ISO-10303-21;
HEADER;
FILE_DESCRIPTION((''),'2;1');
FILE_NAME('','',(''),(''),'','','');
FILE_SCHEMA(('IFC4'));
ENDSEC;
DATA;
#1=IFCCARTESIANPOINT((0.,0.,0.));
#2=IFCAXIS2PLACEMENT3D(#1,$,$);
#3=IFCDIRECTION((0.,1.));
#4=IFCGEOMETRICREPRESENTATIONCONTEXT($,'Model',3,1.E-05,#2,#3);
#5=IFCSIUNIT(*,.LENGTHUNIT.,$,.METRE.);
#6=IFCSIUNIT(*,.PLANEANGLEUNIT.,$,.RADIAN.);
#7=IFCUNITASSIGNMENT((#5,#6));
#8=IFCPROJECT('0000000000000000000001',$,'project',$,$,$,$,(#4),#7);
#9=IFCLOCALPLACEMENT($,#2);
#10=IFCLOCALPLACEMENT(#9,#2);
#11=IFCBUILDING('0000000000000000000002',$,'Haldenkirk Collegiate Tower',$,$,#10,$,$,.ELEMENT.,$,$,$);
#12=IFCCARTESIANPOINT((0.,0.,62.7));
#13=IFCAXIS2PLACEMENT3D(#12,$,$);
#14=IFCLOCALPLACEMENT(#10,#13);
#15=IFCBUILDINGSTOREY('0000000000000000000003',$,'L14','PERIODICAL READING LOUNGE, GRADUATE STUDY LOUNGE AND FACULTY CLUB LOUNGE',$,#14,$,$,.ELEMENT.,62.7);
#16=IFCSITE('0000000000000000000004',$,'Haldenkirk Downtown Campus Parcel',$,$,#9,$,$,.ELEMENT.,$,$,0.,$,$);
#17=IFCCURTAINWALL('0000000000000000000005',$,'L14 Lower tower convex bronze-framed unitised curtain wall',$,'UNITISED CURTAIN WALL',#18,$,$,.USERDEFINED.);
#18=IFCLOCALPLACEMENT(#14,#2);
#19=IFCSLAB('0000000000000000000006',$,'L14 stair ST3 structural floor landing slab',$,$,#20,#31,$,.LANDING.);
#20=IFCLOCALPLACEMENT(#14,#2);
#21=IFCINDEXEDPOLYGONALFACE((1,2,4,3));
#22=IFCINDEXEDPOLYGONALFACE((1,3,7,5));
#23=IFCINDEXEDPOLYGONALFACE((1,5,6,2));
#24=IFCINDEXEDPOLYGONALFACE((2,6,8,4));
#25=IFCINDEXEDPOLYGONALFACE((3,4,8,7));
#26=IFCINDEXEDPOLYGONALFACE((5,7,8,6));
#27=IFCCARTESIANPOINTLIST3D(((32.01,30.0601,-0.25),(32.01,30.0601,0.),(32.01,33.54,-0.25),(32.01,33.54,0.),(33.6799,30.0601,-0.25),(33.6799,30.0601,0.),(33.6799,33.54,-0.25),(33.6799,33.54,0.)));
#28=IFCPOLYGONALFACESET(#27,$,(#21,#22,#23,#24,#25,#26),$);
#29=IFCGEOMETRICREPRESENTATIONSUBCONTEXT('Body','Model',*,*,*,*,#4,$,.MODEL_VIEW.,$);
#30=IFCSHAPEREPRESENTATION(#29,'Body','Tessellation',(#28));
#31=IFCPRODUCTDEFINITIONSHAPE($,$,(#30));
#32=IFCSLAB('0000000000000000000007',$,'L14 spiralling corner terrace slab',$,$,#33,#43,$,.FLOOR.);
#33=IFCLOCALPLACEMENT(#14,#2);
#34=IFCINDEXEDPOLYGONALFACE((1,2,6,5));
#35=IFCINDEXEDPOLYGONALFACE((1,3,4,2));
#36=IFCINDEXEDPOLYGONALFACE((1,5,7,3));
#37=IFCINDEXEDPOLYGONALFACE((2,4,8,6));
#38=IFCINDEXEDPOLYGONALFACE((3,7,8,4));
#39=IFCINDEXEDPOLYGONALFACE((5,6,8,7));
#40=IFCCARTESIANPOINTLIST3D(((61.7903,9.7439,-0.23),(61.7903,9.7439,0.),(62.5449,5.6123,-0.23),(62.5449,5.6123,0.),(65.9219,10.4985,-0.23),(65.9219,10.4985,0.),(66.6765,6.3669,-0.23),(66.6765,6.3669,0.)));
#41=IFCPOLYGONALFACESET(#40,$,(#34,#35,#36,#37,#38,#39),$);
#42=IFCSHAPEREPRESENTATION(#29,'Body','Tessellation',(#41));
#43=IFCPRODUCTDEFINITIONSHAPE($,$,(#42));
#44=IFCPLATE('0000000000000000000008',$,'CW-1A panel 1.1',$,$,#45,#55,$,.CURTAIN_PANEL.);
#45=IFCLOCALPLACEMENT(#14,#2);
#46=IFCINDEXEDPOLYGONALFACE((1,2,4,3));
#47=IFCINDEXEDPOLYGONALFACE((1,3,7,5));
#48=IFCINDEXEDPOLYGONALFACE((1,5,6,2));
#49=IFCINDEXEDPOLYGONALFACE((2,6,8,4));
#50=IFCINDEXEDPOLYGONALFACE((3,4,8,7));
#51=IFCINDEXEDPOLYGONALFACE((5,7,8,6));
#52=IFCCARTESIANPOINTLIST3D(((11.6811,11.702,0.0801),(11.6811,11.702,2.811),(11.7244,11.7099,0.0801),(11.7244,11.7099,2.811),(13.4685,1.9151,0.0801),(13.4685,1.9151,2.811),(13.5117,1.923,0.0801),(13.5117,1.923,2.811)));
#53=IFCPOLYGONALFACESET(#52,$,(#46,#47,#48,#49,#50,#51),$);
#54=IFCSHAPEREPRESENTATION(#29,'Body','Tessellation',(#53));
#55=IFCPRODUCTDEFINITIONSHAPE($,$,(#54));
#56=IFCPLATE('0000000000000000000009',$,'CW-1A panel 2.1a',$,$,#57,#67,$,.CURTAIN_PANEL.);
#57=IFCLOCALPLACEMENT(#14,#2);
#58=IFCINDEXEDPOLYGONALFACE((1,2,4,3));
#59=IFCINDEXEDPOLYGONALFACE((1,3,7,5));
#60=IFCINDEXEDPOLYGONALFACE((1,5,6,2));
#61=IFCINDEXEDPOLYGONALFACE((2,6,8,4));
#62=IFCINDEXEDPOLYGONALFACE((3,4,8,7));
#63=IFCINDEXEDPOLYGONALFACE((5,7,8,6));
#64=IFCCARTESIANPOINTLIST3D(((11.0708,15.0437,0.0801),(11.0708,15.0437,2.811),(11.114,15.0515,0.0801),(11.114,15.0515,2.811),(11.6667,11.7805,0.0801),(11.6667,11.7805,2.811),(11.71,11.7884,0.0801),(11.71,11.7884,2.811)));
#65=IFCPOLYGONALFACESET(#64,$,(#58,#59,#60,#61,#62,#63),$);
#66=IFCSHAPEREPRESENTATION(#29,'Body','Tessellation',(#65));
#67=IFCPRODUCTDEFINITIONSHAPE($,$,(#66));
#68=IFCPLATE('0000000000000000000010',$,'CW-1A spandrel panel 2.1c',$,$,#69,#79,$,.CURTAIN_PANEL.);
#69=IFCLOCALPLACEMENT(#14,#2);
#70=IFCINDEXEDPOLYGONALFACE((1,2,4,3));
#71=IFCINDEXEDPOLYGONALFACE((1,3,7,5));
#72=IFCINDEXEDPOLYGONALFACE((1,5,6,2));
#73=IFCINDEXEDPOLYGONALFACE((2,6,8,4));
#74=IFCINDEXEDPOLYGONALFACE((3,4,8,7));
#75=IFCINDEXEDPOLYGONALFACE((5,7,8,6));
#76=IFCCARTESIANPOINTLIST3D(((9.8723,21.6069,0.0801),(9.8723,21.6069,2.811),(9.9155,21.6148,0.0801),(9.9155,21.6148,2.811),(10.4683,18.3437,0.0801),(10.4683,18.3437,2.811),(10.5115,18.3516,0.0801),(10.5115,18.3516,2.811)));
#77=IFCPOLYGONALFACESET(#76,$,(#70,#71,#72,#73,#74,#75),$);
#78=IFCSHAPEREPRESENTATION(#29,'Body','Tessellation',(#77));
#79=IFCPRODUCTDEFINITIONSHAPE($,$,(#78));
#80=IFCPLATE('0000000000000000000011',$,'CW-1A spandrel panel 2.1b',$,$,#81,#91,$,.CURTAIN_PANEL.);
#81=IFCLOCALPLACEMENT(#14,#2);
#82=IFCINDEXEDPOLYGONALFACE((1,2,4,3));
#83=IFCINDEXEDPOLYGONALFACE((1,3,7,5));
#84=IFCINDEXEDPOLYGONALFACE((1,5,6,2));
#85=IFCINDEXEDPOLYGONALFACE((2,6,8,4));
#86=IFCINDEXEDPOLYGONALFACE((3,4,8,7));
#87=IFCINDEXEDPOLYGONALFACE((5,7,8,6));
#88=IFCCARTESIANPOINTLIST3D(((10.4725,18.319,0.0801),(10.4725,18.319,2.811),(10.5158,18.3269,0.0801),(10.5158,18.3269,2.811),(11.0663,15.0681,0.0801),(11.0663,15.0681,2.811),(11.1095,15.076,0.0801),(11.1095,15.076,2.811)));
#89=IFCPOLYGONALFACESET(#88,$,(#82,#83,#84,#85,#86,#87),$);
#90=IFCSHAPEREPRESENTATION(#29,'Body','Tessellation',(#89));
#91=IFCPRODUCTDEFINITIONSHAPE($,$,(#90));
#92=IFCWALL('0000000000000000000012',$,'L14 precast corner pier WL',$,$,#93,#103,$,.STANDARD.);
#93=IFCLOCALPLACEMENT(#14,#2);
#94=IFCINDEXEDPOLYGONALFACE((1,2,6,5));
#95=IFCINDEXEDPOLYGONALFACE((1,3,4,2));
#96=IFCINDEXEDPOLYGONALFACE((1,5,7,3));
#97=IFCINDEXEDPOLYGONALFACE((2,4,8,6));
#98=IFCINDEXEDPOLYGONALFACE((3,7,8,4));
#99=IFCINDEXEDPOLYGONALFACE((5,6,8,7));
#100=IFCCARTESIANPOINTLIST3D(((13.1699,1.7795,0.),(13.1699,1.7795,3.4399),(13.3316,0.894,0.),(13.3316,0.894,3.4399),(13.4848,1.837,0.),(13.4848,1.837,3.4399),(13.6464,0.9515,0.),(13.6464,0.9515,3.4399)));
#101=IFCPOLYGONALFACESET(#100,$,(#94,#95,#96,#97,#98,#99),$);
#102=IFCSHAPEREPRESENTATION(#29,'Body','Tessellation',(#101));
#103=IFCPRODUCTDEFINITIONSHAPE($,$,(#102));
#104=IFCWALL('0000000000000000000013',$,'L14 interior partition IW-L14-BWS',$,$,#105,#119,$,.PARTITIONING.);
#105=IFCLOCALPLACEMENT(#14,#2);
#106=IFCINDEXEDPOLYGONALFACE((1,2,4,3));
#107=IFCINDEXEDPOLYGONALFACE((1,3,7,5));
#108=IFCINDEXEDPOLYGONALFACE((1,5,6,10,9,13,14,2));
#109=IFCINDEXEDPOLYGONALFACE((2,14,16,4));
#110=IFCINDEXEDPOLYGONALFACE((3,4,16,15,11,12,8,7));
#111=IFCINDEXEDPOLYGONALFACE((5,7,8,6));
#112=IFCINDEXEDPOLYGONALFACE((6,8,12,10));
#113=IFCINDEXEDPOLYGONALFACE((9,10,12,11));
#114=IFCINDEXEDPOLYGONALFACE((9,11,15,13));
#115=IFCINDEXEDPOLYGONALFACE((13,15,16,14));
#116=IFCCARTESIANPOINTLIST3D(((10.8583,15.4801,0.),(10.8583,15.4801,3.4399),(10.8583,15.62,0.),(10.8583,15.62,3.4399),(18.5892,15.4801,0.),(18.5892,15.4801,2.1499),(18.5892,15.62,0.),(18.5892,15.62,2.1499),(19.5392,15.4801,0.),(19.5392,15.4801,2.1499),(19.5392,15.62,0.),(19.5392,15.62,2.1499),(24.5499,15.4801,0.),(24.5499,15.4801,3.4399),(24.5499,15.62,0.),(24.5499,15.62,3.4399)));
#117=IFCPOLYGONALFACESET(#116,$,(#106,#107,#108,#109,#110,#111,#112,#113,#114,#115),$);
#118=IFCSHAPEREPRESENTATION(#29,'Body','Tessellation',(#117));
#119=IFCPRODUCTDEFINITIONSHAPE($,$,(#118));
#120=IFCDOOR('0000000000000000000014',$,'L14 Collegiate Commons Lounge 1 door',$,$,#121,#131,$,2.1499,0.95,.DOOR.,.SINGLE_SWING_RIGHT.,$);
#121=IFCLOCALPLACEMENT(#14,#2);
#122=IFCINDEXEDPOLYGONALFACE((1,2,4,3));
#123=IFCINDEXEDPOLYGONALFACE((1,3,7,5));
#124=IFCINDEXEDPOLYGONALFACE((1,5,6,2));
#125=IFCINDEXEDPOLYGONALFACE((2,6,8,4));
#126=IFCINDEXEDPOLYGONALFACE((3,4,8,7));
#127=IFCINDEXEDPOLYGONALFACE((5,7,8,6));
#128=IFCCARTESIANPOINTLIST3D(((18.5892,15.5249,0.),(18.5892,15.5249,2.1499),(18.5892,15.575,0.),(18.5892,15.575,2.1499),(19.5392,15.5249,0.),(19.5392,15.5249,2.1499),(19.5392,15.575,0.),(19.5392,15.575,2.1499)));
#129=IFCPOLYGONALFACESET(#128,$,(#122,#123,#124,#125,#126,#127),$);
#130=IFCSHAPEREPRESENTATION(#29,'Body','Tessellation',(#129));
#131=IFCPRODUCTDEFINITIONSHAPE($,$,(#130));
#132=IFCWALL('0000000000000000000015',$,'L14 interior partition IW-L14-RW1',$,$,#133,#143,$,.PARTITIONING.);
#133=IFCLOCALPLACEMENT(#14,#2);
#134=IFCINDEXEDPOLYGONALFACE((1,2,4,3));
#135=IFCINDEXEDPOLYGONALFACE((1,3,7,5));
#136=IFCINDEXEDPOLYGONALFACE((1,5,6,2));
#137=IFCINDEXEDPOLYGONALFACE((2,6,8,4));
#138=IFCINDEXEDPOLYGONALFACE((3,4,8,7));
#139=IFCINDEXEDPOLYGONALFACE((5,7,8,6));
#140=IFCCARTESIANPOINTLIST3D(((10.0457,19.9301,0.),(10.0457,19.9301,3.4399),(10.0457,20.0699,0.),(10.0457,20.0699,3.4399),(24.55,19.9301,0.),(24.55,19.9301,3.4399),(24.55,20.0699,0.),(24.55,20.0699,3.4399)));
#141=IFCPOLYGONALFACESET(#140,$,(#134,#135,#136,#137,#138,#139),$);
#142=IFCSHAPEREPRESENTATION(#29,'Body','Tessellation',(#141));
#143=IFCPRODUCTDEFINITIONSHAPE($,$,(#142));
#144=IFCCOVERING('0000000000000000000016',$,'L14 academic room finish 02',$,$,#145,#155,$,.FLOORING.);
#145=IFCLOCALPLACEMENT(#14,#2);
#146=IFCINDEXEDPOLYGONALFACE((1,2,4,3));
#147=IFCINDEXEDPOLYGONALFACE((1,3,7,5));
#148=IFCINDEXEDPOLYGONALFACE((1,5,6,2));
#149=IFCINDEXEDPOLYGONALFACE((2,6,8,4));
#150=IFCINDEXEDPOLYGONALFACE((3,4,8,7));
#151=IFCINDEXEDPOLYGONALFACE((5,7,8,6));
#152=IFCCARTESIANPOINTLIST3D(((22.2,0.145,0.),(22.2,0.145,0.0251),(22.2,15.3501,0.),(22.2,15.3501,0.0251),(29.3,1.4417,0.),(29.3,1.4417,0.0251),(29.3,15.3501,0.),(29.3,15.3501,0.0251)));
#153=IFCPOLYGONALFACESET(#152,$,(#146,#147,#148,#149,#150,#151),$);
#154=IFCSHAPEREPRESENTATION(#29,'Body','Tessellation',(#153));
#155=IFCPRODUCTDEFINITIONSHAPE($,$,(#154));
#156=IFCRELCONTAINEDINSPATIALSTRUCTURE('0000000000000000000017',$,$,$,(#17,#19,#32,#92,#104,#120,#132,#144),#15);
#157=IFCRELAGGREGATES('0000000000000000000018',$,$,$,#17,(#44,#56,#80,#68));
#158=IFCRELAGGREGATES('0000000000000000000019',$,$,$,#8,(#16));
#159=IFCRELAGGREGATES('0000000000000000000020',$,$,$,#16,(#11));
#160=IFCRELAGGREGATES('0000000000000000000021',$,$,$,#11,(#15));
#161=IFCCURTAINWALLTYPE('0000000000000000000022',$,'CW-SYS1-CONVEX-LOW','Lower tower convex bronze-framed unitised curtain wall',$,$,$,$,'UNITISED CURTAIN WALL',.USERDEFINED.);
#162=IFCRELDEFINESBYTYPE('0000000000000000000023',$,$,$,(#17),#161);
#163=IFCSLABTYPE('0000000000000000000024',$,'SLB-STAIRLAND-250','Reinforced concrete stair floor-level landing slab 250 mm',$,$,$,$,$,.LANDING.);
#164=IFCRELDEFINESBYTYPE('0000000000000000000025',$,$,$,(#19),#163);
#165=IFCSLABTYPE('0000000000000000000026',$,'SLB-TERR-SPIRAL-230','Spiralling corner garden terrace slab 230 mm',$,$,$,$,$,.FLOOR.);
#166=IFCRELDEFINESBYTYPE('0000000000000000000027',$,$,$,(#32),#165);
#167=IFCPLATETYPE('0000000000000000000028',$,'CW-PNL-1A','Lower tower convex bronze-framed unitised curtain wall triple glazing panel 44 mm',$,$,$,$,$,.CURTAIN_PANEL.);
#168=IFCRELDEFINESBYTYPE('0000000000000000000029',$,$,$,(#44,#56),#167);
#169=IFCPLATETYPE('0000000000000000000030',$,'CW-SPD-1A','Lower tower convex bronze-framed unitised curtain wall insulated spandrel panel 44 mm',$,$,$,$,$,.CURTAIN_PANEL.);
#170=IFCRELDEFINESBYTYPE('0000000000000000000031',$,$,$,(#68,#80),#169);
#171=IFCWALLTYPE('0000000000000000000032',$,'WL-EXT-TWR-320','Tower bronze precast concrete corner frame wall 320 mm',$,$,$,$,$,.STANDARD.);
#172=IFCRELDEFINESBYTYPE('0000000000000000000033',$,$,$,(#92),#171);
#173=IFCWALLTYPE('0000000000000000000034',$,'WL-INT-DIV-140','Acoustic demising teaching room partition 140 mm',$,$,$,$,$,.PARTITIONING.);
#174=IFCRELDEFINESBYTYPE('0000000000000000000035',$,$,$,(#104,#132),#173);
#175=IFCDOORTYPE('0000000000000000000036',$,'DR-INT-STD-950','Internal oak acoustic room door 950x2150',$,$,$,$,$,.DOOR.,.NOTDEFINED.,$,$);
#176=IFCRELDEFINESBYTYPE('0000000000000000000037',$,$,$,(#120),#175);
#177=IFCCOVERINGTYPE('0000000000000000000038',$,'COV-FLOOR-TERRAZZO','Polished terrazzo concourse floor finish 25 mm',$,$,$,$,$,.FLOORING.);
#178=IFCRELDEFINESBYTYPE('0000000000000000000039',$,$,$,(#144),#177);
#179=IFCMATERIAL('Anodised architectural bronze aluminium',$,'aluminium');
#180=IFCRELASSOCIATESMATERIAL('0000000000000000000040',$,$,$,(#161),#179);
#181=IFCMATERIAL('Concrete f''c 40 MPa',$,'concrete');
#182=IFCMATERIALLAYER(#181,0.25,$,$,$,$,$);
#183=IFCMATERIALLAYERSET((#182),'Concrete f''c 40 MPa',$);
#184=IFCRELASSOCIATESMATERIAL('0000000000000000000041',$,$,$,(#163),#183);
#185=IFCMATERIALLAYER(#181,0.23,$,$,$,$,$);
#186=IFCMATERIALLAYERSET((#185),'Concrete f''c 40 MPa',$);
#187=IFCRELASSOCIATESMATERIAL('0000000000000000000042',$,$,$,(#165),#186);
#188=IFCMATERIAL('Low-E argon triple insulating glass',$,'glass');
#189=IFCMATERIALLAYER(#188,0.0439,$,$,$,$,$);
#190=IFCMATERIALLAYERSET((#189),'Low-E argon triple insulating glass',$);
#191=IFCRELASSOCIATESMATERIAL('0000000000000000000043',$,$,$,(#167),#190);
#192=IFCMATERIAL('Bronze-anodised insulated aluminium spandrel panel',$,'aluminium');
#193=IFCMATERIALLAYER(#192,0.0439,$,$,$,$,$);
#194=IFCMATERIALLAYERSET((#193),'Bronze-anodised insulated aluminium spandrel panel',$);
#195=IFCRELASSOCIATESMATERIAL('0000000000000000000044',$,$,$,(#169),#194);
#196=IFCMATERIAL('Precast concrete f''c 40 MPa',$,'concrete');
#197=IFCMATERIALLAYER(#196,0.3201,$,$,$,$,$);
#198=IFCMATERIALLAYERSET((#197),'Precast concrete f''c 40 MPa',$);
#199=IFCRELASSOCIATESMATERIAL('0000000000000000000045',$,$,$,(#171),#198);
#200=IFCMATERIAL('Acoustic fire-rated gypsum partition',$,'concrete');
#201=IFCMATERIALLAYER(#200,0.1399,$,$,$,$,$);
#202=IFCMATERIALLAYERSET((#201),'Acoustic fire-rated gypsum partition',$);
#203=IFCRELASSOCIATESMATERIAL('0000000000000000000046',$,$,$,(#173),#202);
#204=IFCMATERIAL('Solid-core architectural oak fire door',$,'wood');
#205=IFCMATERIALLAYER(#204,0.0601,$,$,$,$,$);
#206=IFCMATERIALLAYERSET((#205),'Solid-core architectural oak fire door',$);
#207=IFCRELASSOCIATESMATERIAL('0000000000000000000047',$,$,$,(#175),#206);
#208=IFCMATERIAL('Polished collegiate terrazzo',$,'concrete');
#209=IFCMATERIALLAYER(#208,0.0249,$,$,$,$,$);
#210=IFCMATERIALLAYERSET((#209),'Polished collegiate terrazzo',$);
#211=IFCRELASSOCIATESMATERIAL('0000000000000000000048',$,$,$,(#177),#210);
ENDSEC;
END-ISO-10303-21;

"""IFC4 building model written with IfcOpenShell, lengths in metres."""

from ifc_helpers import new_model, si_unit, direction, frame, frame_2d, origin, origin_2d, place, context, subcontext, project, spatial, polyline, rectangle, outline, extrude, source, transform, mapped, material, layer, layer_set, type_object, element, fill, aggregate, save


model = new_model("IFC4")

# Units and contexts
model_context = context("Model", 3, precision=1e-05, world=origin(), true_north=direction((0.0, 1.0)))
body_context = subcontext(model_context, "Body", "Model", "MODEL_VIEW")
ifc_project = project(units=[si_unit("LENGTHUNIT", "METRE"), si_unit("PLANEANGLEUNIT", "RADIAN")], contexts=[model_context])

# Site, building, storey
site_placement = place(None, origin())
site = spatial("IfcSite", under=ifc_project, at=site_placement, Name="Haldenkirk Downtown Campus Parcel", CompositionType="ELEMENT", RefElevation=0.0)
building_placement = place(site_placement, origin())
building = spatial("IfcBuilding", under=site, at=building_placement, Name="Haldenkirk Collegiate Tower", CompositionType="ELEMENT")
storey_placement = place(building_placement, frame((0.0, 0.0, 62.7)))
storey = spatial("IfcBuildingStorey", under=building, at=storey_placement, Name="L14", Description="PERIODICAL READING LOUNGE, GRADUATE STUDY LOUNGE AND FACULTY CLUB LOUNGE", CompositionType="ELEMENT", Elevation=62.7)

# Curtain wall
ifc_material_1 = material(Name="Anodised architectural bronze aluminium", Category="aluminium")
curtain_wall_type = type_object("IfcCurtainWallType", Name="CW-SYS1-CONVEX-LOW", Description="Lower tower convex bronze-framed unitised curtain wall", ElementType="UNITISED CURTAIN WALL", PredefinedType="USERDEFINED", material=ifc_material_1)
curtain_wall_placement = place(storey_placement, origin())
curtain_wall = element("IfcCurtainWall", 1, at=curtain_wall_placement, inside=storey, type_object=curtain_wall_type, Name="L14 Lower tower convex bronze-framed unitised curtain wall", ObjectType="UNITISED CURTAIN WALL", PredefinedType="USERDEFINED")

# Shared definitions
ifc_material_2 = material(Name="Concrete f'c 40 MPa", Category="concrete")

# Slabs
ifc_layer_1 = layer(ifc_material_2, 0.25)
ifc_layer_set_1 = layer_set([ifc_layer_1], Name="Concrete f'c 40 MPa")
slab_type_1 = type_object("IfcSlabType", Name="SLB-STAIRLAND-250", Description="Reinforced concrete stair floor-level landing slab 250 mm", PredefinedType="LANDING", material=ifc_layer_set_1)
slab_1_placement = place(storey_placement, frame((0.0, 0.0, -0.25)))
element("IfcSlab", 2, at=slab_1_placement, inside=storey, type_object=slab_type_1, Name="L14 stair ST3 structural floor landing slab", PredefinedType="LANDING", context=body_context, shape_type="SweptSolid", body=[
    extrude(outline(polyline([(32.01, 30.0601), (33.6799, 30.0601), (33.6799, 33.54), (32.01, 33.54), (32.01, 30.0601)])), origin(), (0.0, 0.0, 1.0), 0.25),
])
ifc_layer_2 = layer(ifc_material_2, 0.23)
ifc_layer_set_2 = layer_set([ifc_layer_2], Name="Concrete f'c 40 MPa")
slab_type_2 = type_object("IfcSlabType", Name="SLB-TERR-SPIRAL-230", Description="Spiralling corner garden terrace slab 230 mm", PredefinedType="FLOOR", material=ifc_layer_set_2)
slab_2_placement = place(storey_placement, frame((0.0, 0.0, -0.23)))
element("IfcSlab", 3, at=slab_2_placement, inside=storey, type_object=slab_type_2, Name="L14 spiralling corner terrace slab", PredefinedType="FLOOR", context=body_context, shape_type="SweptSolid", body=[
    extrude(outline(polyline([(62.5449, 5.6123), (66.6765, 6.3669), (65.9219, 10.4985), (61.7903, 9.7439), (62.5449, 5.6123)])), origin(), (0.0, 0.0, 1.0), 0.23),
])

# Plates
ifc_material_3 = material(Name="Low-E argon triple insulating glass", Category="glass")
ifc_layer_3 = layer(ifc_material_3, 0.0439)
ifc_layer_set_3 = layer_set([ifc_layer_3], Name="Low-E argon triple insulating glass")
plate_type_1 = type_object("IfcPlateType", Name="CW-PNL-1A", Description="Lower tower convex bronze-framed unitised curtain wall triple glazing panel 44 mm", PredefinedType="CURTAIN_PANEL", material=ifc_layer_set_3)
shared_shape_1 = source(origin(), body_context, "Body", "SweptSolid", [
    extrude(rectangle(XDim=9.9487, YDim=0.0439, at=origin_2d()), origin(), (0.0, 0.0, 1.0), 2.731),
])
plate_1_placement = place(storey_placement, frame((12.5964, 6.8125, 0.0801), z_axis=(0.0, 0.0, 1.0), x_axis=(-0.17966, 0.983729, 0.0)))
plate_1 = element("IfcPlate", 4, at=plate_1_placement, type_object=plate_type_1, Name="CW-1A panel 1.1", PredefinedType="CURTAIN_PANEL", context=body_context, shape_type="MappedRepresentation", body=[
    mapped(shared_shape_1, transform((0.0, 0.0, 0.0), x_axis=(1.0, 0.0, 0.0), y_axis=(0.0, 1.0, 0.0), z_axis=(0.0, 0.0, 1.0), scale=1.0)),
])
shared_shape_2 = source(origin(), body_context, "Body", "SweptSolid", [
    extrude(rectangle(XDim=3.3171, YDim=0.0439, at=origin_2d()), origin(), (0.0, 0.0, 1.0), 2.731),
])
plate_2_placement = place(storey_placement, frame((11.3904, 13.416, 0.0801), z_axis=(0.0, 0.0, 1.0), x_axis=(-0.17966, 0.983729, 0.0)))
plate_2 = element("IfcPlate", 5, at=plate_2_placement, type_object=plate_type_1, Name="CW-1A panel 2.1a", PredefinedType="CURTAIN_PANEL", context=body_context, shape_type="MappedRepresentation", body=[
    mapped(shared_shape_2, transform((0.0, 0.0, 0.0), x_axis=(1.0, 0.0, 0.0), y_axis=(0.0, 1.0, 0.0), z_axis=(0.0, 0.0, 1.0), scale=1.0)),
])
ifc_material_4 = material(Name="Bronze-anodised insulated aluminium spandrel panel", Category="aluminium")
ifc_layer_4 = layer(ifc_material_4, 0.0439)
ifc_layer_set_4 = layer_set([ifc_layer_4], Name="Bronze-anodised insulated aluminium spandrel panel")
plate_type_2 = type_object("IfcPlateType", Name="CW-SPD-1A", Description="Lower tower convex bronze-framed unitised curtain wall insulated spandrel panel 44 mm", PredefinedType="CURTAIN_PANEL", material=ifc_layer_set_4)
plate_3_placement = place(storey_placement, frame((10.1919, 19.9792, 0.0801), z_axis=(0.0, 0.0, 1.0), x_axis=(-0.17966, 0.983729, 0.0)))
plate_3 = element("IfcPlate", 6, at=plate_3_placement, type_object=plate_type_2, Name="CW-1A spandrel panel 2.1c", PredefinedType="CURTAIN_PANEL", context=body_context, shape_type="MappedRepresentation", body=[
    mapped(shared_shape_2, transform((0.0, 0.0, 0.0), x_axis=(1.0, 0.0, 0.0), y_axis=(0.0, 1.0, 0.0), z_axis=(0.0, 0.0, 1.0), scale=1.0)),
])
shared_shape_3 = source(origin(), body_context, "Body", "SweptSolid", [
    extrude(rectangle(XDim=3.3047, YDim=0.0439, at=origin_2d()), origin(), (0.0, 0.0, 1.0), 2.731),
])
plate_4_placement = place(storey_placement, frame((10.791, 16.6975, 0.0801), z_axis=(0.0, 0.0, 1.0), x_axis=(-0.17966, 0.983729, 0.0)))
plate_4 = element("IfcPlate", 7, at=plate_4_placement, type_object=plate_type_2, Name="CW-1A spandrel panel 2.1b", PredefinedType="CURTAIN_PANEL", context=body_context, shape_type="MappedRepresentation", body=[
    mapped(shared_shape_3, transform((0.0, 0.0, 0.0), x_axis=(1.0, 0.0, 0.0), y_axis=(0.0, 1.0, 0.0), z_axis=(0.0, 0.0, 1.0), scale=1.0)),
])
aggregate(curtain_wall, [plate_1, plate_2, plate_4, plate_3])

# Wall
ifc_material_5 = material(Name="Precast concrete f'c 40 MPa", Category="concrete")
ifc_layer_5 = layer(ifc_material_5, 0.3201)
ifc_layer_set_5 = layer_set([ifc_layer_5], Name="Precast concrete f'c 40 MPa")
wall_type_1 = type_object("IfcWallType", Name="WL-EXT-TWR-320", Description="Tower bronze precast concrete corner frame wall 320 mm", PredefinedType="STANDARD", material=ifc_layer_set_5)
wall_1_placement = place(storey_placement, frame((13.489, 0.9226, 0.0), z_axis=(0.0, 0.0, 1.0), x_axis=(-0.179554, 0.983748, 0.0)))
element("IfcWall", 8, at=wall_1_placement, inside=storey, type_object=wall_type_1, Name="L14 precast corner pier WL", PredefinedType="STANDARD", context=body_context, shape_type="SweptSolid", body=[
    extrude(rectangle(XDim=0.9001, YDim=0.3201, at=frame_2d((0.4502, 0.0))), origin(), (0.0, 0.0, 1.0), 3.4399),
])

# Wall, opening, door
ifc_material_6 = material(Name="Acoustic fire-rated gypsum partition", Category="concrete")
ifc_layer_6 = layer(ifc_material_6, 0.1399)
ifc_layer_set_6 = layer_set([ifc_layer_6], Name="Acoustic fire-rated gypsum partition")
wall_type_2 = type_object("IfcWallType", Name="WL-INT-DIV-140", Description="Acoustic demising teaching room partition 140 mm", PredefinedType="PARTITIONING", material=ifc_layer_set_6)
wall_2_placement = place(storey_placement, frame((10.8584, 15.55, 0.0), z_axis=(0.0, 0.0, 1.0), x_axis=(1.0, 0.0, 0.0)))
wall_2 = element("IfcWall", 9, at=wall_2_placement, inside=storey, type_object=wall_type_2, Name="L14 interior partition IW-L14-BWS", PredefinedType="PARTITIONING", context=body_context, shape_type="SweptSolid", body=[
    extrude(rectangle(XDim=13.6917, YDim=0.1399, at=frame_2d((6.8457, 0.0))), origin(), (0.0, 0.0, 1.0), 3.4399),
])
opening_placement = place(wall_2_placement, frame((7.7307, 0.0, 0.0)))
opening = element("IfcOpeningElement", 10, at=opening_placement, cuts=wall_2, PredefinedType="OPENING", context=body_context, shape_type="SweptSolid", body=[
    extrude(rectangle(XDim=0.95, YDim=2.1499, at=frame_2d((0.4751, 1.075))), frame((0.0, 0.0798, 0.0), z_axis=(0.0, -1.0, 0.0), x_axis=(1.0, 0.0, 0.0)), (0.0, 0.0, 1.0), 0.1599),
])
ifc_material_7 = material(Name="Solid-core architectural oak fire door", Category="wood")
ifc_layer_7 = layer(ifc_material_7, 0.0601)
ifc_layer_set_7 = layer_set([ifc_layer_7], Name="Solid-core architectural oak fire door")
door_type = type_object("IfcDoorType", Name="DR-INT-STD-950", Description="Internal oak acoustic room door 950x2150", OperationType="NOTDEFINED", PredefinedType="DOOR", material=ifc_layer_set_7)
door_placement = place(opening_placement, origin())
door = element("IfcDoor", 11, at=door_placement, inside=storey, type_object=door_type, Name="L14 Collegiate Commons Lounge 1 door", OperationType="SINGLE_SWING_RIGHT", OverallHeight=2.1499, OverallWidth=0.95, PredefinedType="DOOR", context=body_context, shape_type="SweptSolid", body=[
    extrude(rectangle(XDim=0.95, YDim=2.1499, at=frame_2d((0.4751, 1.075))), frame((0.0, 0.0249, 0.0), z_axis=(0.0, -1.0, 0.0), x_axis=(1.0, 0.0, 0.0)), (0.0, 0.0, 1.0), 0.05),
])
fill(opening, door)

# Wall
wall_3_placement = place(storey_placement, frame((10.0457, 20.0, 0.0), z_axis=(0.0, 0.0, 1.0), x_axis=(1.0, 0.0, 0.0)))
element("IfcWall", 12, at=wall_3_placement, inside=storey, type_object=wall_type_2, Name="L14 interior partition IW-L14-RW1", PredefinedType="PARTITIONING", context=body_context, shape_type="SweptSolid", body=[
    extrude(rectangle(XDim=14.5044, YDim=0.1399, at=frame_2d((7.2522, 0.0))), origin(), (0.0, 0.0, 1.0), 3.4399),
])

# Covering
ifc_material_8 = material(Name="Polished collegiate terrazzo", Category="concrete")
ifc_layer_8 = layer(ifc_material_8, 0.0249)
ifc_layer_set_8 = layer_set([ifc_layer_8], Name="Polished collegiate terrazzo")
covering_type_1 = type_object("IfcCoveringType", Name="COV-FLOOR-TERRAZZO", Description="Polished terrazzo concourse floor finish 25 mm", PredefinedType="FLOORING", material=ifc_layer_set_8)
covering_1_placement = place(storey_placement, origin())
element("IfcCovering", 13, at=covering_1_placement, inside=storey, type_object=covering_type_1, Name="L14 academic room finish 02", PredefinedType="FLOORING", context=body_context, shape_type="SweptSolid", body=[
    extrude(outline(polyline([(22.2, 0.145), (22.2, 15.3501), (29.3, 15.3501), (29.3, 1.4417), (22.2, 0.145)])), origin(), (0.0, 0.0, 1.0), 0.0251),
])

save(model, "model.ifc")
